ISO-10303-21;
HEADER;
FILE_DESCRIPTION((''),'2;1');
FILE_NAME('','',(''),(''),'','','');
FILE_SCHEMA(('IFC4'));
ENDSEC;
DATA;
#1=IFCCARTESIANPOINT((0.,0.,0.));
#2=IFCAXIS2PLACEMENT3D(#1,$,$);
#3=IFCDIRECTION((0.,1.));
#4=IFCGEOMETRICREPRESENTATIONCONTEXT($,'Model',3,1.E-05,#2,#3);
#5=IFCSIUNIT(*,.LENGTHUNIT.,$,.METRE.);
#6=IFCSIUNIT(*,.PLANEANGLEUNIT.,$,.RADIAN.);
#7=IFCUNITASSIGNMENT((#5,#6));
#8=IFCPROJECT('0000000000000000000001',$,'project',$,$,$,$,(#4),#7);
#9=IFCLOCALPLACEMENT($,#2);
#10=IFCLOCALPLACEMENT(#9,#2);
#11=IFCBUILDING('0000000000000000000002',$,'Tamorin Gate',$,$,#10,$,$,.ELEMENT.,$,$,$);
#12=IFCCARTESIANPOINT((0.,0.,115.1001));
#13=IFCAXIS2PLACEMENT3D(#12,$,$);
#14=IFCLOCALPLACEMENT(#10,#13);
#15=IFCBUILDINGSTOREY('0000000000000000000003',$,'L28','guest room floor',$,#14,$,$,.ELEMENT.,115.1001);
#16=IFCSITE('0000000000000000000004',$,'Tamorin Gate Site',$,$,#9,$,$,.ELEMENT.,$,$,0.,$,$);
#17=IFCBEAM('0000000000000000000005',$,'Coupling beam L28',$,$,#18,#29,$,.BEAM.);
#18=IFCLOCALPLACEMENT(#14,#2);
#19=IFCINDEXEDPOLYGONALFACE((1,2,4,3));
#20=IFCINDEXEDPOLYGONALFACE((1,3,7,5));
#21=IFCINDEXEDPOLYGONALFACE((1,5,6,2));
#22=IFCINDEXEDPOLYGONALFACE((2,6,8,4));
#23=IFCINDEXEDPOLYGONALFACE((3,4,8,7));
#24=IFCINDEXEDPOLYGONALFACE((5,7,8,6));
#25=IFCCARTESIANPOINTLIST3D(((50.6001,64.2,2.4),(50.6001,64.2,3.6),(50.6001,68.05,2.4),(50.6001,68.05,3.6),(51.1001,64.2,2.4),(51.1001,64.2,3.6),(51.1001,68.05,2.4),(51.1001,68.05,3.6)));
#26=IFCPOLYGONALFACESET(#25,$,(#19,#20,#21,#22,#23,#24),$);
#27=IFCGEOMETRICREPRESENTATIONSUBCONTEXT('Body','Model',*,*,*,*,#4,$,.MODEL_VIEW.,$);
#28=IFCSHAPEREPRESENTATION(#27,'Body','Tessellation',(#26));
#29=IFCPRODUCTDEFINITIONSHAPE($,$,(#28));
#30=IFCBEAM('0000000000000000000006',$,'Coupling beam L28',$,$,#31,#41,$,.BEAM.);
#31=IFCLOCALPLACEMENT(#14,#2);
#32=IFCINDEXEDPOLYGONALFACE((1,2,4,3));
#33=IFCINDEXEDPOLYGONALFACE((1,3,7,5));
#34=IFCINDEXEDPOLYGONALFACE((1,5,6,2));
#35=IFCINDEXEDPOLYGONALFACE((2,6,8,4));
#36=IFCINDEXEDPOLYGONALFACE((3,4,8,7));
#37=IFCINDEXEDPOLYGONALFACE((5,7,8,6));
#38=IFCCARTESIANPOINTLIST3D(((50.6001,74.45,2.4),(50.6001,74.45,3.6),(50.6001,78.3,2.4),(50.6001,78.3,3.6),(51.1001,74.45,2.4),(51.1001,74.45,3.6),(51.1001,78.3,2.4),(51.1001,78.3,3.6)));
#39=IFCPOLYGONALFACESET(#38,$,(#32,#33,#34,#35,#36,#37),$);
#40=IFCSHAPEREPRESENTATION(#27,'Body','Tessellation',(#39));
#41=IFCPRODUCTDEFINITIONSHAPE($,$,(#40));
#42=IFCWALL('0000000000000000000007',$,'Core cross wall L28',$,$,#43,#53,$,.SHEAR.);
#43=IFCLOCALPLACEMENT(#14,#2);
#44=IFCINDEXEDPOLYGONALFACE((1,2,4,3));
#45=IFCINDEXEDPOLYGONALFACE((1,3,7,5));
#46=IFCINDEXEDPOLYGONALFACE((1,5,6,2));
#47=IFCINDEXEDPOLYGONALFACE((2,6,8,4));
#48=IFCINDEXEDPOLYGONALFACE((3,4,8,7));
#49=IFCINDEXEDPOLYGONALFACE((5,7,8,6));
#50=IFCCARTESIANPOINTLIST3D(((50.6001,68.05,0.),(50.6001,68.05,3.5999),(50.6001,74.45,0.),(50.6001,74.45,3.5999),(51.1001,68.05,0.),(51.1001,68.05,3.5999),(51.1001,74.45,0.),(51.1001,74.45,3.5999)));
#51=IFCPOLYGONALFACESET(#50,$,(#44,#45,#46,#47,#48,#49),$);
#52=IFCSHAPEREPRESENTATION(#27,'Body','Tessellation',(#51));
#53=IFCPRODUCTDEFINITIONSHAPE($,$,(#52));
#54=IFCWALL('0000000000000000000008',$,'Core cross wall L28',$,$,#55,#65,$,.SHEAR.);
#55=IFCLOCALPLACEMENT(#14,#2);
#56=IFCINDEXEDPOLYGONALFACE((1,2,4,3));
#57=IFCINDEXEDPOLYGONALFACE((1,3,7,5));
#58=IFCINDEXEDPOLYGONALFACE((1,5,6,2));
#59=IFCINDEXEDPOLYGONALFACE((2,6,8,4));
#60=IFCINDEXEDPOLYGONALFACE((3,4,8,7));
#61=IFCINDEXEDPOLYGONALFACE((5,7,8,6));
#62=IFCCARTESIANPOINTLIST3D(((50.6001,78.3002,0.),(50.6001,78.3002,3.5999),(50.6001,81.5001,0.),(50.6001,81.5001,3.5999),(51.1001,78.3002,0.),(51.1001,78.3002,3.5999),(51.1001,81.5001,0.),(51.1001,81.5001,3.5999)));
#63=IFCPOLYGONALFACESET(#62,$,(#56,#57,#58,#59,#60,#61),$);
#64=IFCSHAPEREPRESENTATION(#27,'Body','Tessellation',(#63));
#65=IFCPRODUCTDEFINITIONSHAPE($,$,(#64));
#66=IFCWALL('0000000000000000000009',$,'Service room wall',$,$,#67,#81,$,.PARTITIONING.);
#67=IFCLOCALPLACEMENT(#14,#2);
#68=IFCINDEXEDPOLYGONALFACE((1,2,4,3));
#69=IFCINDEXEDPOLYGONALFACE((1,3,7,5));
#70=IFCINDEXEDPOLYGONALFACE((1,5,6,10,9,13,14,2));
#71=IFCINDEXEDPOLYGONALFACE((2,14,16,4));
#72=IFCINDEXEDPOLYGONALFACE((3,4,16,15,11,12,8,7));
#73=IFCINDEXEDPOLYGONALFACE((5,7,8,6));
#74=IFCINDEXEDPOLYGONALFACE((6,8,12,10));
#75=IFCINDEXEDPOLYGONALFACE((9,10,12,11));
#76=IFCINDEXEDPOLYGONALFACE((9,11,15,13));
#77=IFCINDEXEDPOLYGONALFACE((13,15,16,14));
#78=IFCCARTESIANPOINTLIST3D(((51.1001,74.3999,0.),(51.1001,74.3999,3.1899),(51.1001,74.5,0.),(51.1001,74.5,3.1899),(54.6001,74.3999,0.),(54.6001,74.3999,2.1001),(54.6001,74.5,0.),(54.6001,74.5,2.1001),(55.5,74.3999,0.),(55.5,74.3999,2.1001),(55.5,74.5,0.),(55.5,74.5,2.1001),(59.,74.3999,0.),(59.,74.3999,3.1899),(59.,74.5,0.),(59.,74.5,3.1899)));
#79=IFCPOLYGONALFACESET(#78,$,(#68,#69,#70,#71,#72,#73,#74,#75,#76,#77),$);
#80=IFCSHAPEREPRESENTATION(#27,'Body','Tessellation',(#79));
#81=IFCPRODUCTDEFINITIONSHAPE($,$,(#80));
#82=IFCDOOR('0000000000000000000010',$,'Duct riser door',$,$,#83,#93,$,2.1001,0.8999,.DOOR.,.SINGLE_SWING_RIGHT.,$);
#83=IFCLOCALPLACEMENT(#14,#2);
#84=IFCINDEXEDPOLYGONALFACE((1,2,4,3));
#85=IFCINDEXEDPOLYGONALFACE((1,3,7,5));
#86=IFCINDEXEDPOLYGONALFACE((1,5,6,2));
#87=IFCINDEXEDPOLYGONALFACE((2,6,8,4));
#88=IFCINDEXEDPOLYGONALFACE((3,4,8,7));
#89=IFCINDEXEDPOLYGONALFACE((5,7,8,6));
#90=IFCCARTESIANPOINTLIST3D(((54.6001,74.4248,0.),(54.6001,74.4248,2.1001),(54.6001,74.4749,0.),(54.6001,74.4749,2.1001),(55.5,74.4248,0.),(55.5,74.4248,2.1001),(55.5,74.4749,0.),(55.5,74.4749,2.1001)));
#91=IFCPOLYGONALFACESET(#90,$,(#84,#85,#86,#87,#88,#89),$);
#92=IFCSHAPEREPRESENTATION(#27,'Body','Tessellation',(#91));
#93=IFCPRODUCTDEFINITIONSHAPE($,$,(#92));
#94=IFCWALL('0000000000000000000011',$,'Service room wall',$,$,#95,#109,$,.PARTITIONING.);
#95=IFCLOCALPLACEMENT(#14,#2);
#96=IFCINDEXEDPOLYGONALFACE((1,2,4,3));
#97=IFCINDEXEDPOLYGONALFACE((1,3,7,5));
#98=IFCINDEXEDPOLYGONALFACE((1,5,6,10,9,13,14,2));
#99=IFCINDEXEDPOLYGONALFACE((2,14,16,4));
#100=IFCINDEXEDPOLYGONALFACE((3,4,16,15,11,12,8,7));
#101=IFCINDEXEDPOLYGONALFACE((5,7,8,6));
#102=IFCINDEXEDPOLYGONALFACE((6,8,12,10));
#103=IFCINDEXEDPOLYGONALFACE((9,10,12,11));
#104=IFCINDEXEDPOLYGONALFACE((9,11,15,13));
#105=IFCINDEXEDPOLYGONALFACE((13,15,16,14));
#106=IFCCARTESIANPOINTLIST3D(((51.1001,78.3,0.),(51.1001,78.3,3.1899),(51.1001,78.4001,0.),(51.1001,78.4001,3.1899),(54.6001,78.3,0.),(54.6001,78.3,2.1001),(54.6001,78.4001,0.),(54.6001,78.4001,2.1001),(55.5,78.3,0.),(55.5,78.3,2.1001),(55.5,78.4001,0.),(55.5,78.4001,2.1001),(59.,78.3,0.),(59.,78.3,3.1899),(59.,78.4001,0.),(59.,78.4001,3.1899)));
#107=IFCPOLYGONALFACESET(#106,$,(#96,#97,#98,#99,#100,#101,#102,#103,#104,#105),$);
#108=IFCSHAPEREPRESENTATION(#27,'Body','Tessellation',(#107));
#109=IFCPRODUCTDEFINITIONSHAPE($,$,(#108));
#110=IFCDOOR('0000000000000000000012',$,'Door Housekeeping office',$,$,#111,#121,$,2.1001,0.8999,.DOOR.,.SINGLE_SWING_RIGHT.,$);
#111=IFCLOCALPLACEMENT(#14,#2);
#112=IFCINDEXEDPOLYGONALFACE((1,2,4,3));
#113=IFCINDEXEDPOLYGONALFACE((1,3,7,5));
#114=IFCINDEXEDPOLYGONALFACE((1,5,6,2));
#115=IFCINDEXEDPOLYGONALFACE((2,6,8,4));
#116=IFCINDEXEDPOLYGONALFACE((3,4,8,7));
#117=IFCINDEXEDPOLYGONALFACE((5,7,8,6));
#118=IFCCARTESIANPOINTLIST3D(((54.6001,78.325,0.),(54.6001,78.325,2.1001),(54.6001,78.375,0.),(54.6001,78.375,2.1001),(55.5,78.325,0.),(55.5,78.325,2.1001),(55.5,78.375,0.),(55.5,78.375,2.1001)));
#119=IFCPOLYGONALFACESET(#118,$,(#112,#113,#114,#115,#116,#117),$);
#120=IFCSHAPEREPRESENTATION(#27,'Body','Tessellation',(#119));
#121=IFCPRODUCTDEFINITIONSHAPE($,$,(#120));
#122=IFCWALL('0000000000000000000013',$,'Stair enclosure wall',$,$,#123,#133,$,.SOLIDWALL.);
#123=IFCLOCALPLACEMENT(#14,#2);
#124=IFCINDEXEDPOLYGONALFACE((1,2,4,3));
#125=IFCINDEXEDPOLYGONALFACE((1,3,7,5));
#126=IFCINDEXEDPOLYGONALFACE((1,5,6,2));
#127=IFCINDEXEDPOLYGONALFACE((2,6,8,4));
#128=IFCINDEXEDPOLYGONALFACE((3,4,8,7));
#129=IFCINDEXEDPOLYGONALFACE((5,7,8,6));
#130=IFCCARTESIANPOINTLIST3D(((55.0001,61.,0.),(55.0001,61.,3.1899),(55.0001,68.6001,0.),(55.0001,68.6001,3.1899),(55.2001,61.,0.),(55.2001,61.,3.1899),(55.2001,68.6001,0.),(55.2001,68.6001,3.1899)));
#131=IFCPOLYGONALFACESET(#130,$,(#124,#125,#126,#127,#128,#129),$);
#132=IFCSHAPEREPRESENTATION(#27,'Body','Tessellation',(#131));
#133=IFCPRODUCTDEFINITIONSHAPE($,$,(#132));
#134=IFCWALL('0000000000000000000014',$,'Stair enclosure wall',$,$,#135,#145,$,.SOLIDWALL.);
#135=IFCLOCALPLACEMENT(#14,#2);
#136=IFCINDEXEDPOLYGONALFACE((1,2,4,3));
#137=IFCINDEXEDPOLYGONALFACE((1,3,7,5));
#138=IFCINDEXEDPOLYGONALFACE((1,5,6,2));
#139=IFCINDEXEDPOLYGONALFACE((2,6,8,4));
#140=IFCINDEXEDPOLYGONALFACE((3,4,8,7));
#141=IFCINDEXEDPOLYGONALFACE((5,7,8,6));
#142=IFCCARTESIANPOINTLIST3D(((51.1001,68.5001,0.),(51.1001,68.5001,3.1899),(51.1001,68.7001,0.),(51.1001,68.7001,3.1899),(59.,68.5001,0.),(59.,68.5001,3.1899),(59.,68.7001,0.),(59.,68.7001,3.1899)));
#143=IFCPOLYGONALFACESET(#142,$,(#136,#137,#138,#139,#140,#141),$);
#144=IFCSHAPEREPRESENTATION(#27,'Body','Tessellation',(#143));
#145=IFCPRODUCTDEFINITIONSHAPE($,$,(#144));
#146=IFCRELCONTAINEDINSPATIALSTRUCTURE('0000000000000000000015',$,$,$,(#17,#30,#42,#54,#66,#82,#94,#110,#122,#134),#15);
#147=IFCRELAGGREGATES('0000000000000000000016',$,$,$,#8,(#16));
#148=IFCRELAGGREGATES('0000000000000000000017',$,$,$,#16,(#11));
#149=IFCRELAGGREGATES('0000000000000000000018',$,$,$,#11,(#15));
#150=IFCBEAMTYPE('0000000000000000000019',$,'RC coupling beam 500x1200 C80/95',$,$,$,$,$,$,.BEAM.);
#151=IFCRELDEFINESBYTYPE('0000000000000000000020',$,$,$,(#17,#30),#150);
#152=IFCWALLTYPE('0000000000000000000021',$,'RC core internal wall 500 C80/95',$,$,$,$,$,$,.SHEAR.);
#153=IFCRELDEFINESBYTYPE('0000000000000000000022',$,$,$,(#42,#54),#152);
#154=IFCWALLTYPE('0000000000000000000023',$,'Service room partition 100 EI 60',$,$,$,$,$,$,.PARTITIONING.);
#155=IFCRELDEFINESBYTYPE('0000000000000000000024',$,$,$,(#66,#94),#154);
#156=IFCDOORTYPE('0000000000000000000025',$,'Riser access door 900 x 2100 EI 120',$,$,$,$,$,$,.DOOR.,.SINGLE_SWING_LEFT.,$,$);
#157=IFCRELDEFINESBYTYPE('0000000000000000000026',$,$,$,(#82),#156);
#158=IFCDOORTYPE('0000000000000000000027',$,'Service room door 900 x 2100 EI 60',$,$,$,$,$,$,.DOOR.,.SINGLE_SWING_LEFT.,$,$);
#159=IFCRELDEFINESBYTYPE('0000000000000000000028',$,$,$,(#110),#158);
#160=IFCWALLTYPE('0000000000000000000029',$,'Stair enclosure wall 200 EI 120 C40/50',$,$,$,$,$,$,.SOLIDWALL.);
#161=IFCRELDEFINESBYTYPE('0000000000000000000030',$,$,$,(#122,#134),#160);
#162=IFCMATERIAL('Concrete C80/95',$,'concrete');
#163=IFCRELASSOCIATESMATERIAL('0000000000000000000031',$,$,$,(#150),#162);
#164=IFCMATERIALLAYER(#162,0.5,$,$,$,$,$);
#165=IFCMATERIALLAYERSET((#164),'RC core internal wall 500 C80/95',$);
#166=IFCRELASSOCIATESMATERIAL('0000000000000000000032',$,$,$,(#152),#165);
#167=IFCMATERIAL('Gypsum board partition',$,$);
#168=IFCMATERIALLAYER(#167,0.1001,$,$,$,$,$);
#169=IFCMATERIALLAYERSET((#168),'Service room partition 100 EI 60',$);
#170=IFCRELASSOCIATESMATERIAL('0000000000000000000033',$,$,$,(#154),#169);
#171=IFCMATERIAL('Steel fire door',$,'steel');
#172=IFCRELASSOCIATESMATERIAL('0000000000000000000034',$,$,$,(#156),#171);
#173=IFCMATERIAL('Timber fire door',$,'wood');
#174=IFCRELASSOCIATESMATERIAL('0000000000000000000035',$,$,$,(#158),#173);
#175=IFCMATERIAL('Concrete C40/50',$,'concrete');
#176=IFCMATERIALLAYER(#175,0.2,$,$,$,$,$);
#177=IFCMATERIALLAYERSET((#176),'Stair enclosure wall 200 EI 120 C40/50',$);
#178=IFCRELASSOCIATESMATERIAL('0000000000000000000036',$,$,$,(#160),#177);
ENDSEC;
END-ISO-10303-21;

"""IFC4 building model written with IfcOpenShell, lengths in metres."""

from ifc_helpers import new_model, si_unit, direction, frame, frame_2d, origin, origin_2d, place, context, subcontext, project, spatial, rectangle, extrude, material, layer, layer_set, material_profile, profile_set, type_object, element, fill, save


model = new_model("IFC4")

# Units and contexts
model_context = context("Model", 3, precision=1e-05, world=origin(), true_north=direction((0.0, 1.0)))
body_context = subcontext(model_context, "Body", "Model", "MODEL_VIEW")
ifc_project = project(units=[si_unit("LENGTHUNIT", "METRE"), si_unit("PLANEANGLEUNIT", "RADIAN")], contexts=[model_context])

# Site, building, storey
site_placement = place(None, origin())
site = spatial("IfcSite", under=ifc_project, at=site_placement, Name="Tamorin Gate Site", CompositionType="ELEMENT", RefElevation=0.0)
building_placement = place(site_placement, origin())
building = spatial("IfcBuilding", under=site, at=building_placement, Name="Tamorin Gate", CompositionType="ELEMENT")
storey_placement = place(building_placement, frame((0.0, 0.0, 115.1001)))
storey = spatial("IfcBuildingStorey", under=building, at=storey_placement, Name="L28", Description="guest room floor", CompositionType="ELEMENT", Elevation=115.1001)

# Beams
ifc_material_1 = material(Name="Concrete C80/95", Category="concrete")
ifc_material_profile = material_profile(ifc_material_1, rectangle(XDim=0.5, YDim=1.2, at=origin_2d()), Name="RC 500x1200")
ifc_profile_set = profile_set([ifc_material_profile], Name="Concrete C80/95")
beam_type = type_object("IfcBeamType", Name="RC coupling beam 500x1200 C80/95", PredefinedType="BEAM", material=ifc_profile_set)
for number, where, z_axis, x_axis, name in (
    (1, (50.8501, 64.2, 3.0), (0.0, 1.0, 0.0), (-1.0, 0.0, 0.0), "Coupling beam L28"),
    (2, (50.8501, 74.45, 3.0), (0.0, 1.0, 0.0), (-1.0, 0.0, 0.0), "Coupling beam L28"),
):
    element("IfcBeam", number, at=place(storey_placement, frame(where, z_axis=z_axis, x_axis=x_axis)), inside=storey, type_object=beam_type, Name=name, PredefinedType="BEAM", context=body_context, shape_type="SweptSolid", body=[
        extrude(rectangle(XDim=0.5, YDim=1.2, at=origin_2d()), origin(), (0.0, 0.0, 1.0), 3.8501),
    ])

# Walls
ifc_layer_1 = layer(ifc_material_1, 0.5)
ifc_layer_set_1 = layer_set([ifc_layer_1], Name="RC core internal wall 500 C80/95")
wall_type_1 = type_object("IfcWallType", Name="RC core internal wall 500 C80/95", PredefinedType="SHEAR", material=ifc_layer_set_1)
wall_1_placement = place(storey_placement, frame((50.8501, 68.05, 0.0), z_axis=(0.0, 0.0, 1.0), x_axis=(0.0, 1.0, 0.0)))
element("IfcWall", 3, at=wall_1_placement, inside=storey, type_object=wall_type_1, Name="Core cross wall L28", PredefinedType="SHEAR", context=body_context, shape_type="SweptSolid", body=[
    extrude(rectangle(XDim=6.3999, YDim=0.5, at=frame_2d((3.2, 0.0))), origin(), (0.0, 0.0, 1.0), 3.5999),
])
wall_2_placement = place(storey_placement, frame((50.8501, 78.3, 0.0), z_axis=(0.0, 0.0, 1.0), x_axis=(0.0, 1.0, 0.0)))
element("IfcWall", 4, at=wall_2_placement, inside=storey, type_object=wall_type_1, Name="Core cross wall L28", PredefinedType="SHEAR", context=body_context, shape_type="SweptSolid", body=[
    extrude(rectangle(XDim=3.2, YDim=0.5, at=frame_2d((1.6001, 0.0))), origin(), (0.0, 0.0, 1.0), 3.5999),
])

# Walls, openings, doors
ifc_material_2 = material(Name="Gypsum board partition")
ifc_layer_2 = layer(ifc_material_2, 0.1001)
ifc_layer_set_2 = layer_set([ifc_layer_2], Name="Service room partition 100 EI 60")
wall_type_2 = type_object("IfcWallType", Name="Service room partition 100 EI 60", PredefinedType="PARTITIONING", material=ifc_layer_set_2)
wall_3_placement = place(storey_placement, frame((51.1001, 74.45, 0.0), z_axis=(0.0, 0.0, 1.0), x_axis=(1.0, 0.0, 0.0)))
wall_3 = element("IfcWall", 5, at=wall_3_placement, inside=storey, type_object=wall_type_2, Name="Service room wall", PredefinedType="PARTITIONING", context=body_context, shape_type="SweptSolid", body=[
    extrude(rectangle(XDim=7.8999, YDim=0.1001, at=frame_2d((3.95, 0.0))), origin(), (0.0, 0.0, 1.0), 3.1899),
])
opening_1_placement = place(wall_3_placement, frame((3.5, 0.0, 0.0)))
opening_1 = element("IfcOpeningElement", 6, at=opening_1_placement, cuts=wall_3, PredefinedType="OPENING", context=body_context, shape_type="SweptSolid", body=[
    extrude(rectangle(XDim=0.8999, YDim=2.1001, at=frame_2d((0.45, 1.05))), frame((0.0, 0.0601, 0.0), z_axis=(0.0, -1.0, 0.0), x_axis=(1.0, 0.0, 0.0)), (0.0, 0.0, 1.0), 0.1201),
])
ifc_material_3 = material(Name="Steel fire door", Category="steel")
door_type_1 = type_object("IfcDoorType", Name="Riser access door 900 x 2100 EI 120", OperationType="SINGLE_SWING_LEFT", PredefinedType="DOOR", material=ifc_material_3)
door_1_placement = place(opening_1_placement, origin())
door_1 = element("IfcDoor", 7, at=door_1_placement, inside=storey, type_object=door_type_1, Name="Duct riser door", OperationType="SINGLE_SWING_RIGHT", OverallHeight=2.1001, OverallWidth=0.8999, PredefinedType="DOOR", context=body_context, shape_type="SweptSolid", body=[
    extrude(rectangle(XDim=0.8999, YDim=2.1001, at=frame_2d((0.45, 1.05))), frame((0.0, 0.0249, 0.0), z_axis=(0.0, -1.0, 0.0), x_axis=(1.0, 0.0, 0.0)), (0.0, 0.0, 1.0), 0.05),
])
fill(opening_1, door_1)
wall_4_placement = place(storey_placement, frame((51.1001, 78.3501, 0.0), z_axis=(0.0, 0.0, 1.0), x_axis=(1.0, 0.0, 0.0)))
wall_4 = element("IfcWall", 8, at=wall_4_placement, inside=storey, type_object=wall_type_2, Name="Service room wall", PredefinedType="PARTITIONING", context=body_context, shape_type="SweptSolid", body=[
    extrude(rectangle(XDim=7.8999, YDim=0.1001, at=frame_2d((3.95, 0.0))), origin(), (0.0, 0.0, 1.0), 3.1899),
])
opening_2_placement = place(wall_4_placement, frame((3.5, 0.0, 0.0)))
opening_2 = element("IfcOpeningElement", 9, at=opening_2_placement, cuts=wall_4, PredefinedType="OPENING", context=body_context, shape_type="SweptSolid", body=[
    extrude(rectangle(XDim=0.8999, YDim=2.1001, at=frame_2d((0.45, 1.05))), frame((0.0, 0.0601, 0.0), z_axis=(0.0, -1.0, 0.0), x_axis=(1.0, 0.0, 0.0)), (0.0, 0.0, 1.0), 0.1201),
])
ifc_material_4 = material(Name="Timber fire door", Category="wood")
door_type_2 = type_object("IfcDoorType", Name="Service room door 900 x 2100 EI 60", OperationType="SINGLE_SWING_LEFT", PredefinedType="DOOR", material=ifc_material_4)
door_2_placement = place(opening_2_placement, origin())
door_2 = element("IfcDoor", 10, at=door_2_placement, inside=storey, type_object=door_type_2, Name="Door Housekeeping office", OperationType="SINGLE_SWING_RIGHT", OverallHeight=2.1001, OverallWidth=0.8999, PredefinedType="DOOR", context=body_context, shape_type="SweptSolid", body=[
    extrude(rectangle(XDim=0.8999, YDim=2.1001, at=frame_2d((0.45, 1.05))), frame((0.0, 0.0249, 0.0), z_axis=(0.0, -1.0, 0.0), x_axis=(1.0, 0.0, 0.0)), (0.0, 0.0, 1.0), 0.05),
])
fill(opening_2, door_2)

# Walls
ifc_material_5 = material(Name="Concrete C40/50", Category="concrete")
ifc_layer_3 = layer(ifc_material_5, 0.2)
ifc_layer_set_3 = layer_set([ifc_layer_3], Name="Stair enclosure wall 200 EI 120 C40/50")
wall_type_3 = type_object("IfcWallType", Name="Stair enclosure wall 200 EI 120 C40/50", PredefinedType="SOLIDWALL", material=ifc_layer_set_3)
wall_5_placement = place(storey_placement, frame((55.1001, 61.0, 0.0), z_axis=(0.0, 0.0, 1.0), x_axis=(0.0, 1.0, 0.0)))
element("IfcWall", 11, at=wall_5_placement, inside=storey, type_object=wall_type_3, Name="Stair enclosure wall", PredefinedType="SOLIDWALL", context=body_context, shape_type="SweptSolid", body=[
    extrude(rectangle(XDim=7.6001, YDim=0.2, at=frame_2d((3.8, 0.0))), origin(), (0.0, 0.0, 1.0), 3.1899),
])
wall_6_placement = place(storey_placement, frame((51.1001, 68.6001, 0.0), z_axis=(0.0, 0.0, 1.0), x_axis=(1.0, 0.0, 0.0)))
element("IfcWall", 12, at=wall_6_placement, inside=storey, type_object=wall_type_3, Name="Stair enclosure wall", PredefinedType="SOLIDWALL", context=body_context, shape_type="SweptSolid", body=[
    extrude(rectangle(XDim=7.8999, YDim=0.2, at=frame_2d((3.95, 0.0))), origin(), (0.0, 0.0, 1.0), 3.1899),
])

save(model, "model.ifc")
